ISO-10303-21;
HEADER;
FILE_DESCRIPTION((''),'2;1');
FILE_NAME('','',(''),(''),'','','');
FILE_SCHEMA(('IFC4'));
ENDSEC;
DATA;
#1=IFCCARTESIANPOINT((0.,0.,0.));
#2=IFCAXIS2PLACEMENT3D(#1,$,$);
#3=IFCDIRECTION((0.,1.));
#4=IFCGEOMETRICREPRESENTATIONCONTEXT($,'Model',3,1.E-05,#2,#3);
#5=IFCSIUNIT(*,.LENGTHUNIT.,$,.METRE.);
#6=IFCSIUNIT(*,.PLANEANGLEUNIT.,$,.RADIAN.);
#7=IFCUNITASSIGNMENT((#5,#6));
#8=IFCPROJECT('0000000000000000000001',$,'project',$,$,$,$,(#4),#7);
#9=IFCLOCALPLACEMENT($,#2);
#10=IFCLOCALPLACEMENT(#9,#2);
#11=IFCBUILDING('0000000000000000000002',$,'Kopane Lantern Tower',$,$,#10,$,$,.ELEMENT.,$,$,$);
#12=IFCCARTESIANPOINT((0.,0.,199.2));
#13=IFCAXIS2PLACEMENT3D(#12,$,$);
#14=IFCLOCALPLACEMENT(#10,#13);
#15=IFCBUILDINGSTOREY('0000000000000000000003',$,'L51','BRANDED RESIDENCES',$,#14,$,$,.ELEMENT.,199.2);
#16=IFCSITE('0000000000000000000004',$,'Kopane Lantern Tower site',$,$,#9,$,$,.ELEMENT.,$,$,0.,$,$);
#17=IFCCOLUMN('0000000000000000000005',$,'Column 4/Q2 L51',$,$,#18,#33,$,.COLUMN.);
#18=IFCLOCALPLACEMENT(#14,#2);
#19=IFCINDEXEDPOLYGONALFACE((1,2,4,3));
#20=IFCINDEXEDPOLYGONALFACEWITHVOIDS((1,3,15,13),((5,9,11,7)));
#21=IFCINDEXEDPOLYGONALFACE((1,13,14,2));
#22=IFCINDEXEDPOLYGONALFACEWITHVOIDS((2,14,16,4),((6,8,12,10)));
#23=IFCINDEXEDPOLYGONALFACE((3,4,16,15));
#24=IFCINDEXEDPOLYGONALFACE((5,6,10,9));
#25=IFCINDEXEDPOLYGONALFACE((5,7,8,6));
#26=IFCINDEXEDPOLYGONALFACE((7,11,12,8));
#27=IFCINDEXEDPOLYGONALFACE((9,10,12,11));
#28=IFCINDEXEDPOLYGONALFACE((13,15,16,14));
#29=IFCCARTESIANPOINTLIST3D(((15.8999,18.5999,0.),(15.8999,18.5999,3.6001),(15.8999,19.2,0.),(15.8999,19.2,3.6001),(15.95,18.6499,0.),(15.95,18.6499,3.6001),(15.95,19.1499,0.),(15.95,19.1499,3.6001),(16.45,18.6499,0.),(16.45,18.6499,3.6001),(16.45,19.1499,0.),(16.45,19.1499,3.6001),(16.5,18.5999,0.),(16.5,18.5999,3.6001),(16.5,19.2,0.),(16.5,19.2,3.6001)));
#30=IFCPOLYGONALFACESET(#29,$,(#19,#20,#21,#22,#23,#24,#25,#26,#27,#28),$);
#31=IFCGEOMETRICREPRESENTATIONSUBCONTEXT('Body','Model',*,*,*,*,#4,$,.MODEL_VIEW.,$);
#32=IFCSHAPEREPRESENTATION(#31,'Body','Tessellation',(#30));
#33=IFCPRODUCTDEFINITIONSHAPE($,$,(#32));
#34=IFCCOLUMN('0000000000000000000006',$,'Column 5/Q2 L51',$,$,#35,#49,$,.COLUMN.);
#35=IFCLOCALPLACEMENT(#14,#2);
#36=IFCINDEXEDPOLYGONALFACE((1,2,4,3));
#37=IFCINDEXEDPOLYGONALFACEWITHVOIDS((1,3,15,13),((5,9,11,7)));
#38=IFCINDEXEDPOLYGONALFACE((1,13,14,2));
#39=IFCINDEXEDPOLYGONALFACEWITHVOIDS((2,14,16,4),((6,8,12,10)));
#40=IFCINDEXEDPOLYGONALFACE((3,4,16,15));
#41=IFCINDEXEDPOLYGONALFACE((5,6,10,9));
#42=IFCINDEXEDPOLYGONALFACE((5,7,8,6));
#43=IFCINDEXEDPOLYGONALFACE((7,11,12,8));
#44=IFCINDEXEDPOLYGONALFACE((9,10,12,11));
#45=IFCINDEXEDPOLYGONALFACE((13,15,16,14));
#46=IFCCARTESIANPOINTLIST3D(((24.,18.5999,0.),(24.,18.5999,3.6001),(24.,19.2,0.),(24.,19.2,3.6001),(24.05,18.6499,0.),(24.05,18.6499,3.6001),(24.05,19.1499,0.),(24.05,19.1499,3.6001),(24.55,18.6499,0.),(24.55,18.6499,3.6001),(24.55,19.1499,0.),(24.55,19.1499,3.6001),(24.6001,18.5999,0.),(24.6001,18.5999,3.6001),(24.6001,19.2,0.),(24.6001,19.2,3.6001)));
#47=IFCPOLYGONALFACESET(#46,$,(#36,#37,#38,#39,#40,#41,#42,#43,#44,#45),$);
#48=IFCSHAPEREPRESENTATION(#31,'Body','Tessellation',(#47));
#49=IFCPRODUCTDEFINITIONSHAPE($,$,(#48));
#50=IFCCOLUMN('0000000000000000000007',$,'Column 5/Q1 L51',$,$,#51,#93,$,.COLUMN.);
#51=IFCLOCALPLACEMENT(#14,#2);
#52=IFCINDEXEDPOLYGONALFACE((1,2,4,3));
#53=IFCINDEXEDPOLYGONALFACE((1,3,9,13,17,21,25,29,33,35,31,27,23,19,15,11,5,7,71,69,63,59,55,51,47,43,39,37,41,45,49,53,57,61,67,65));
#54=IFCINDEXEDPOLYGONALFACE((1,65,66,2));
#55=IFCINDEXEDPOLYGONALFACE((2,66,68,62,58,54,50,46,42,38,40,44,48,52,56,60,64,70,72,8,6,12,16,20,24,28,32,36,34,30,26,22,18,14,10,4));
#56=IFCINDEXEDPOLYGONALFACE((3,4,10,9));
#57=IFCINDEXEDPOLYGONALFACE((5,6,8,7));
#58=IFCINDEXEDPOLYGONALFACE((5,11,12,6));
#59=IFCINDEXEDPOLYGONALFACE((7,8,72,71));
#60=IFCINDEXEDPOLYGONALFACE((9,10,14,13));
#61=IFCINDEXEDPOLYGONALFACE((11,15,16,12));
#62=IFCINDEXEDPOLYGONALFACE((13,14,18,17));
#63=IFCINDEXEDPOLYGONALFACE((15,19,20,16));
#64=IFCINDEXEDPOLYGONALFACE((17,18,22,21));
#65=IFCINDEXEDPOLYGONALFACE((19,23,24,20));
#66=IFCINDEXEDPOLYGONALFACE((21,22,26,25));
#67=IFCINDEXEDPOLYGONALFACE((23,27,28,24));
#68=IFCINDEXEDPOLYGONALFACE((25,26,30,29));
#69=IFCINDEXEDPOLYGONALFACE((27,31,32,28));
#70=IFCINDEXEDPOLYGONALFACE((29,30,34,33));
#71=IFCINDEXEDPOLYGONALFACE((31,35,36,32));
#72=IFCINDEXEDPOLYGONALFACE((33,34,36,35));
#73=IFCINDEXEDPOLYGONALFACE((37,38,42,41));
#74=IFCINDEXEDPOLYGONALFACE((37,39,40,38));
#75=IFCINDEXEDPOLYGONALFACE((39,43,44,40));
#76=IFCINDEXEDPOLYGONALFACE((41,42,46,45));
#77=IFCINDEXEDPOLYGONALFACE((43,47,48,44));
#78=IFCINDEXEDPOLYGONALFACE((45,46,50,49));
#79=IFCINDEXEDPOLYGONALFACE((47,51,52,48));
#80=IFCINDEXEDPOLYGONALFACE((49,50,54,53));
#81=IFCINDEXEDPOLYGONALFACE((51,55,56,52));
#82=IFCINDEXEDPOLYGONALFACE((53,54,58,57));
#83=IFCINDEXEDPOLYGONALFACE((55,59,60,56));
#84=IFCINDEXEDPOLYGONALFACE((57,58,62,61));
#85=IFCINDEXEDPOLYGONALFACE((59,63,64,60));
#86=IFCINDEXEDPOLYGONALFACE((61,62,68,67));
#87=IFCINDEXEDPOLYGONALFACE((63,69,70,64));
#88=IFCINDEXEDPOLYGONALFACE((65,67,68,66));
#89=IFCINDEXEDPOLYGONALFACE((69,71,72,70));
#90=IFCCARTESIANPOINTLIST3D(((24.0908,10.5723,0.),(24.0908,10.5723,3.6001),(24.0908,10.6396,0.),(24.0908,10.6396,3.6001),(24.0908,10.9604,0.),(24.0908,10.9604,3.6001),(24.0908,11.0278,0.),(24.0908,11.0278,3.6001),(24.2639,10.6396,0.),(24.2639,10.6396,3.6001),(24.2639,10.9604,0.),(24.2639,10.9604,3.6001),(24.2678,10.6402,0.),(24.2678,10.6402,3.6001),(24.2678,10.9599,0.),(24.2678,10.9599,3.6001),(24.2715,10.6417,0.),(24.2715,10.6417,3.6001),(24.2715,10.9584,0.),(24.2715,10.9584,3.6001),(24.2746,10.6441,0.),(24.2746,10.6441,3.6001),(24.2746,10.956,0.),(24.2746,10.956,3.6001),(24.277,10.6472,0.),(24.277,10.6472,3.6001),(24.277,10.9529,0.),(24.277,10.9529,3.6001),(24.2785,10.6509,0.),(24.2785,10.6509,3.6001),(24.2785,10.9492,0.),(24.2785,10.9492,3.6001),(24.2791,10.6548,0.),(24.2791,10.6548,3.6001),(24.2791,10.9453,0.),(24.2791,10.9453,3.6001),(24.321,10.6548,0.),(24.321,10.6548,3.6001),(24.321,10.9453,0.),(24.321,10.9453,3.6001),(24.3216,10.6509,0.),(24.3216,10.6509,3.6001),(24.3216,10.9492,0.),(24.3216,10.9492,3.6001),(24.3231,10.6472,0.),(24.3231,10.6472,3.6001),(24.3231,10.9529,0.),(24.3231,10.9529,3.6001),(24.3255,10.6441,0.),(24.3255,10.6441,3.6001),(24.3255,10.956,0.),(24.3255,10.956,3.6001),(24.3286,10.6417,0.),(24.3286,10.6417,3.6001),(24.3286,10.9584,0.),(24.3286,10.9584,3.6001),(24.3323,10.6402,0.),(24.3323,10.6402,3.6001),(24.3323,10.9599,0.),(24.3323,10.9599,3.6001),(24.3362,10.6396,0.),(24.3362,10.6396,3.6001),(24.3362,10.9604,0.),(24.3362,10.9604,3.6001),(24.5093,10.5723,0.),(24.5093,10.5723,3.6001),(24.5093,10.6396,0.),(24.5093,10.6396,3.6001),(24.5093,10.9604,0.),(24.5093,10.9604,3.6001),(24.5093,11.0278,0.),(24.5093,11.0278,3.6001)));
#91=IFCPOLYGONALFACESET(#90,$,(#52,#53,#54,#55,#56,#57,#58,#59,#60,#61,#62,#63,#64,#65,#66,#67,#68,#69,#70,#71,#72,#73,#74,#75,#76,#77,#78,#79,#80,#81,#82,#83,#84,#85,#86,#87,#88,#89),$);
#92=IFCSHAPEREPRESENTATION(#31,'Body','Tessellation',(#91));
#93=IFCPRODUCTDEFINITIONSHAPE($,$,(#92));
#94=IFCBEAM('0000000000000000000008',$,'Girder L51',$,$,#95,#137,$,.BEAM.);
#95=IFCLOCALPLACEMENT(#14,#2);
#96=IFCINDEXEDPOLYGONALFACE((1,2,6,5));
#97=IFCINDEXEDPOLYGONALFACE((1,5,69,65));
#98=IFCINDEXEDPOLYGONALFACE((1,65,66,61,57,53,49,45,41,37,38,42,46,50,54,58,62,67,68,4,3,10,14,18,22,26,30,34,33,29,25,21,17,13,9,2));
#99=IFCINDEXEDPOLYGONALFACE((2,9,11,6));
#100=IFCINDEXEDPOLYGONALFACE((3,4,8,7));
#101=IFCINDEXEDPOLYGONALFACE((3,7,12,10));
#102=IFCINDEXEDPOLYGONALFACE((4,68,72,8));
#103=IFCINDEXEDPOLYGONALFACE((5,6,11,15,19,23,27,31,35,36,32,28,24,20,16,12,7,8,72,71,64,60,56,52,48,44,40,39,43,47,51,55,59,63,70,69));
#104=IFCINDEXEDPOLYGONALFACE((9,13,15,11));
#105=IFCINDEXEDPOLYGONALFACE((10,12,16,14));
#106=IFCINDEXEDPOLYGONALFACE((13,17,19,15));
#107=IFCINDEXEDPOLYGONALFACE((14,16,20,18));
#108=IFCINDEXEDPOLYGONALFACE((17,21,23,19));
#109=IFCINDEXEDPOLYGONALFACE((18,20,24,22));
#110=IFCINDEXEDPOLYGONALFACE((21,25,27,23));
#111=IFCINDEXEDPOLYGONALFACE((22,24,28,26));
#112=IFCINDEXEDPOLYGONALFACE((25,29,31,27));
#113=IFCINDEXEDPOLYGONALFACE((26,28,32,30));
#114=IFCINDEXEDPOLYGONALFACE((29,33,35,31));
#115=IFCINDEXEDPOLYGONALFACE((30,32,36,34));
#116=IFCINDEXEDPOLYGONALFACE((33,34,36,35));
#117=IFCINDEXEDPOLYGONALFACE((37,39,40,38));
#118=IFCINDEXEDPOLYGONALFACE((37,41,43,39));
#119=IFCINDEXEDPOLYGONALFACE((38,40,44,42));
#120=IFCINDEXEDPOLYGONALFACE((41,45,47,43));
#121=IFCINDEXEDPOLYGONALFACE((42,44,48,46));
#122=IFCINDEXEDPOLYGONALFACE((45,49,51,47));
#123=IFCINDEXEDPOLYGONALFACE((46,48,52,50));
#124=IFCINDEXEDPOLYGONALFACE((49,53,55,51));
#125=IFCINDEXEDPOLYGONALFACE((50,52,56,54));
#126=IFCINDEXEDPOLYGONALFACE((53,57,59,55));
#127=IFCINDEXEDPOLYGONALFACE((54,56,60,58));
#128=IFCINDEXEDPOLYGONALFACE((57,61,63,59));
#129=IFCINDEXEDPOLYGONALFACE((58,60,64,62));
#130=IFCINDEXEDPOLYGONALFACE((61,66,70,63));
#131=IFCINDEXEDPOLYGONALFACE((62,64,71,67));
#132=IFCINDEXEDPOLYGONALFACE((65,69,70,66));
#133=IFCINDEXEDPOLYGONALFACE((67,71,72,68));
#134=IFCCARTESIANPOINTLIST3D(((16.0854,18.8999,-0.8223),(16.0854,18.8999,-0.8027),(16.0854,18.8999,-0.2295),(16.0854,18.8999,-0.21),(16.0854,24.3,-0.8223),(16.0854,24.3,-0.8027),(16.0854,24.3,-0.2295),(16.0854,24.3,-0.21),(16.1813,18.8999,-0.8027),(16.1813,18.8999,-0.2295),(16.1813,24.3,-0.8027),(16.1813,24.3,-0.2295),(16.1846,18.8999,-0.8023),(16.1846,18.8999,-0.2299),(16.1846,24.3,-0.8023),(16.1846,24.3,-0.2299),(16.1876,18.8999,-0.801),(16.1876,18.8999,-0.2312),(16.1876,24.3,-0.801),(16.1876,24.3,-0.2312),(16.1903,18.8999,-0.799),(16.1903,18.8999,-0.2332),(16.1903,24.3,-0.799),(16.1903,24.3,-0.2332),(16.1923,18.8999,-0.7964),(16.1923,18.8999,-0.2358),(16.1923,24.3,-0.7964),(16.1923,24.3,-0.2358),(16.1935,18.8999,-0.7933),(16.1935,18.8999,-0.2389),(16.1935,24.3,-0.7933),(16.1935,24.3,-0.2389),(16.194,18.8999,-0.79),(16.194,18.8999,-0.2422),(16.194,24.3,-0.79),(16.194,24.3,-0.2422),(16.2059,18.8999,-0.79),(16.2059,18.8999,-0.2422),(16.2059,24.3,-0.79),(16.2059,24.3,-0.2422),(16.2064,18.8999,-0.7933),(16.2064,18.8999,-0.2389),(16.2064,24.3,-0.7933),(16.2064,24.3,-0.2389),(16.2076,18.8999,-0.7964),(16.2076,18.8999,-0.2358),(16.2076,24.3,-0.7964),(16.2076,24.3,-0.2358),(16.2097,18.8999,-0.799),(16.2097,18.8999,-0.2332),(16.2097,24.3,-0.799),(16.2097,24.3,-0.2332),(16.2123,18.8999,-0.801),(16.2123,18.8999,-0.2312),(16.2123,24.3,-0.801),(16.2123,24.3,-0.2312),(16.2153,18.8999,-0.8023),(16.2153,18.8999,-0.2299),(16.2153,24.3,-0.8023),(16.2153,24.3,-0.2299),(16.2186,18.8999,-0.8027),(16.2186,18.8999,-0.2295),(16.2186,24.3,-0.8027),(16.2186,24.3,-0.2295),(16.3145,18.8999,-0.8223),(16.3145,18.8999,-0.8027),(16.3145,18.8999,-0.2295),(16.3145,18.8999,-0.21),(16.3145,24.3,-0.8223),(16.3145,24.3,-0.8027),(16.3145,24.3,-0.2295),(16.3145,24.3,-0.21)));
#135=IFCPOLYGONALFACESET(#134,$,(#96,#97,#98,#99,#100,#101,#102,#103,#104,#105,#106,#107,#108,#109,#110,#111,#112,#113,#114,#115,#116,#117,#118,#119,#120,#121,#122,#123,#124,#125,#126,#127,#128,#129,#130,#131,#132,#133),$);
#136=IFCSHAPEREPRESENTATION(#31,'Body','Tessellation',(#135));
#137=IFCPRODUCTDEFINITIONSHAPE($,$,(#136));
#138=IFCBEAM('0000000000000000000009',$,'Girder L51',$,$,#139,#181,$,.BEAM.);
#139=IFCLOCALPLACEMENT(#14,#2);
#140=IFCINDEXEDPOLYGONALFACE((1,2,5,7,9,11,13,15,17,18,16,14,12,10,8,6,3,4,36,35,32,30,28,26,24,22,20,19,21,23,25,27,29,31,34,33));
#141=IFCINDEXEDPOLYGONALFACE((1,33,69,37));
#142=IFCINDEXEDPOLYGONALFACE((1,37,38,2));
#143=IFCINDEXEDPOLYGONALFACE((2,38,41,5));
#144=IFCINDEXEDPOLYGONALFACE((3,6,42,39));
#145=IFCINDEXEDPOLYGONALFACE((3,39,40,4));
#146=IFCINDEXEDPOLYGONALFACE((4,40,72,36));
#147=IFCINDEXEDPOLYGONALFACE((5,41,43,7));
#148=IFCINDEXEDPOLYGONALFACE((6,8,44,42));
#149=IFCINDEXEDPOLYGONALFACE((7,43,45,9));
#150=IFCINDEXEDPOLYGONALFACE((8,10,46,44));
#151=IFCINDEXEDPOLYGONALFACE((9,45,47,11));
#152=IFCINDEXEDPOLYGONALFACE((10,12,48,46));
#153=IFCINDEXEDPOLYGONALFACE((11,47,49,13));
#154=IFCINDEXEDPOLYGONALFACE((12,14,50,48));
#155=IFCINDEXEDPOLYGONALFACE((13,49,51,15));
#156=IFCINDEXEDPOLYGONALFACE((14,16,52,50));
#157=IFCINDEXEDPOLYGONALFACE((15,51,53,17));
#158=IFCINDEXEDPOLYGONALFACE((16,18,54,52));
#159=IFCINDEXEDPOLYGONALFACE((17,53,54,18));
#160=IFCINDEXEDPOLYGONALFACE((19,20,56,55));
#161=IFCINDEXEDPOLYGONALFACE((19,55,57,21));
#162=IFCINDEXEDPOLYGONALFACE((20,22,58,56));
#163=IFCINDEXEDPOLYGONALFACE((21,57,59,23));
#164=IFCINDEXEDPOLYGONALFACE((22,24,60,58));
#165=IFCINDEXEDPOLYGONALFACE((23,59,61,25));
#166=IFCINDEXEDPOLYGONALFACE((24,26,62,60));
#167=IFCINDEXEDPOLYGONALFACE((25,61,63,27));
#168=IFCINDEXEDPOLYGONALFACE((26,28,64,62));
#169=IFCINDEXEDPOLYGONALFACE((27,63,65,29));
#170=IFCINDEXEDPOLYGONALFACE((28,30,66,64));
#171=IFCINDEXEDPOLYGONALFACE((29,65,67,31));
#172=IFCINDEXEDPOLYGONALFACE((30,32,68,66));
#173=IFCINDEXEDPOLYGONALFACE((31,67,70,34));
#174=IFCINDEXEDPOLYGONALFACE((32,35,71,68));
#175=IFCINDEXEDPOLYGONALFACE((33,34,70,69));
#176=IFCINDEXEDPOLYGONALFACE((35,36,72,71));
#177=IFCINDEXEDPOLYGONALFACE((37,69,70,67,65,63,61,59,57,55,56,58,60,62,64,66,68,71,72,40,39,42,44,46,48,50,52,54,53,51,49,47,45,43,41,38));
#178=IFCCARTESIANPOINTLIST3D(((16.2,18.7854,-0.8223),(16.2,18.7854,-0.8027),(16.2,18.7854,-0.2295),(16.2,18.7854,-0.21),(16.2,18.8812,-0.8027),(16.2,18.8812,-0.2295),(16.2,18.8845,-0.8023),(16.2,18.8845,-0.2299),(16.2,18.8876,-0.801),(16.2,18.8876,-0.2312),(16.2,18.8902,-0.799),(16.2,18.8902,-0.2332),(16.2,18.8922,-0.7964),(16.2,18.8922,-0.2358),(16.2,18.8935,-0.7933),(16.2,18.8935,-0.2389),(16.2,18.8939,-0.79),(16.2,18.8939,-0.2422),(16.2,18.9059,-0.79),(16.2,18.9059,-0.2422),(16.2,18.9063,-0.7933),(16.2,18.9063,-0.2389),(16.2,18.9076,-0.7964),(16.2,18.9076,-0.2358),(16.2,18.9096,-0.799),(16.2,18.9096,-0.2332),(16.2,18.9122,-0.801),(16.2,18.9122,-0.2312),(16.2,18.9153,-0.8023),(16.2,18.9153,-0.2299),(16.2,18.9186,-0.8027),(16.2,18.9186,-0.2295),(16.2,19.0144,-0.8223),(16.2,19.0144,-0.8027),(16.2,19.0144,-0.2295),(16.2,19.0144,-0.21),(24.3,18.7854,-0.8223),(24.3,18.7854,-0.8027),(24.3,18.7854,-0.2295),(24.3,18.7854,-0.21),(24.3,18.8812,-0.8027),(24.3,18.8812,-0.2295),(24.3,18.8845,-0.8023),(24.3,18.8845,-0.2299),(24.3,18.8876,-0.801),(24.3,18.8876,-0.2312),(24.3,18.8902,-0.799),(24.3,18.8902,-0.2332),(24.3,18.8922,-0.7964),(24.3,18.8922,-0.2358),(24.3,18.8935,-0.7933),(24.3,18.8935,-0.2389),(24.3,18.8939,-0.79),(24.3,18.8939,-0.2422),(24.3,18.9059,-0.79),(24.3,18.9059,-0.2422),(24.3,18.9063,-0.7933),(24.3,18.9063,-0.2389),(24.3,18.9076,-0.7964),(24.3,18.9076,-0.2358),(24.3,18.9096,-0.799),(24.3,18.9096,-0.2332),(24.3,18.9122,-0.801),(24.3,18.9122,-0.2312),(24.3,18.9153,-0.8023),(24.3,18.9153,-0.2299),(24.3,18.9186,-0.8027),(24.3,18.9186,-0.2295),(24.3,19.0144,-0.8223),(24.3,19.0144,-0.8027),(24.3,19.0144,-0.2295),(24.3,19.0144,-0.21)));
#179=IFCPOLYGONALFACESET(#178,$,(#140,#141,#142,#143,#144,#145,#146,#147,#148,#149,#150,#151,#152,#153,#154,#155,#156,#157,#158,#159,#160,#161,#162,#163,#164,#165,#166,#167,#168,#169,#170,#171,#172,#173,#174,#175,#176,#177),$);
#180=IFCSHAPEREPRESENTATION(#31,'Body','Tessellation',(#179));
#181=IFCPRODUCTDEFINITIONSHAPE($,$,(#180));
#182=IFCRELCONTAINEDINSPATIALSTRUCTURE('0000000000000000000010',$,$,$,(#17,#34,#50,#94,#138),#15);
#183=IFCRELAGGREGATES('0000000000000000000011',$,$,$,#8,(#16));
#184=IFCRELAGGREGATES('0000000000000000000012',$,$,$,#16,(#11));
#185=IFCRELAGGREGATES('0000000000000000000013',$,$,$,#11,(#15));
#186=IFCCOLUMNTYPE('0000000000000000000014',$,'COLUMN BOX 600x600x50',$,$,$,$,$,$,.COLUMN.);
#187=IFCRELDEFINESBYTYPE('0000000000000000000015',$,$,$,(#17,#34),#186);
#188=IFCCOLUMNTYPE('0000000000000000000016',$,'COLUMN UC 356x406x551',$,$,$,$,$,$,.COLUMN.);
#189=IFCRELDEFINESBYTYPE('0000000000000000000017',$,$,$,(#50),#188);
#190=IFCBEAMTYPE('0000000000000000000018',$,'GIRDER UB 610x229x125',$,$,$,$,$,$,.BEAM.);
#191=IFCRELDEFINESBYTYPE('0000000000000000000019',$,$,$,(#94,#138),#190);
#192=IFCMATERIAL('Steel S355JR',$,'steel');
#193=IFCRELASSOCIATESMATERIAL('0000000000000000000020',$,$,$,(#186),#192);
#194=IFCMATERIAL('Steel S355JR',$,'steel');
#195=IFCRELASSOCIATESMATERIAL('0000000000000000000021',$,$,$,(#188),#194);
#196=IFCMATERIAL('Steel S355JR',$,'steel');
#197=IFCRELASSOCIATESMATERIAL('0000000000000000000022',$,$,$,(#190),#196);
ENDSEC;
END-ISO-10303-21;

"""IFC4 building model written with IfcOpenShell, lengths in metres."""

from ifc_helpers import new_model, si_unit, direction, frame, origin, origin_2d, place, context, subcontext, project, spatial, hollow_rectangle, i_section, extrude, material, material_profile, profile_set, type_object, element, save


model = new_model("IFC4")

# Units and contexts
model_context = context("Model", 3, precision=1e-05, world=origin(), true_north=direction((0.0, 1.0)))
body_context = subcontext(model_context, "Body", "Model", "MODEL_VIEW")
ifc_project = project(units=[si_unit("LENGTHUNIT", "METRE"), si_unit("PLANEANGLEUNIT", "RADIAN")], contexts=[model_context])

# Site, building, storey
site_placement = place(None, origin())
site = spatial("IfcSite", under=ifc_project, at=site_placement, Name="Kopane Lantern Tower site", CompositionType="ELEMENT", RefElevation=0.0)
building_placement = place(site_placement, origin())
building = spatial("IfcBuilding", under=site, at=building_placement, Name="Kopane Lantern Tower", CompositionType="ELEMENT")
storey_placement = place(building_placement, frame((0.0, 0.0, 199.2)))
storey = spatial("IfcBuildingStorey", under=building, at=storey_placement, Name="L51", Description="BRANDED RESIDENCES", CompositionType="ELEMENT", Elevation=199.2)

# Columns
ifc_material_1 = material(Name="Steel S355JR", Category="steel")
ifc_material_profile_1 = material_profile(ifc_material_1, hollow_rectangle(XDim=0.6001, YDim=0.6001, WallThickness=0.05, at=origin_2d()), Name="BOX 600x600x50")
ifc_profile_set_1 = profile_set([ifc_material_profile_1], Name="Steel S355JR")
column_type_1 = type_object("IfcColumnType", Name="COLUMN BOX 600x600x50", PredefinedType="COLUMN", material=ifc_profile_set_1)
for number, where, z_axis, x_axis, name in (
    (1, (16.2, 18.8999, 0.0), (0.0, 0.0, 1.0), (1.0, 0.0, 0.0), "Column 4/Q2 L51"),
    (2, (24.3, 18.8999, 0.0), (0.0, 0.0, 1.0), (1.0, 0.0, 0.0), "Column 5/Q2 L51"),
):
    element("IfcColumn", number, at=place(storey_placement, frame(where, z_axis=z_axis, x_axis=x_axis)), inside=storey, type_object=column_type_1, Name=name, PredefinedType="COLUMN", context=body_context, shape_type="SweptSolid", body=[
        extrude(hollow_rectangle(XDim=0.6001, YDim=0.6001, WallThickness=0.05, at=origin_2d()), origin(), (0.0, 0.0, 1.0), 3.6001),
    ])
ifc_material_2 = material(Name="Steel S355JR", Category="steel")
ifc_material_profile_2 = material_profile(ifc_material_2, i_section(OverallWidth=0.4185, OverallDepth=0.4556, WebThickness=0.042, FlangeThickness=0.0674, FilletRadius=0.0151, at=origin_2d()), Name="UC 356x406x551")
ifc_profile_set_2 = profile_set([ifc_material_profile_2], Name="Steel S355JR")
column_type_2 = type_object("IfcColumnType", Name="COLUMN UC 356x406x551", PredefinedType="COLUMN", material=ifc_profile_set_2)
column_placement = place(storey_placement, frame((24.3, 10.8, 0.0), z_axis=(0.0, 0.0, 1.0), x_axis=(1.0, 0.0, 0.0)))
element("IfcColumn", 3, at=column_placement, inside=storey, type_object=column_type_2, Name="Column 5/Q1 L51", PredefinedType="COLUMN", context=body_context, shape_type="SweptSolid", body=[
    extrude(i_section(OverallWidth=0.4185, OverallDepth=0.4556, WebThickness=0.042, FlangeThickness=0.0674, FilletRadius=0.0151, at=origin_2d()), origin(), (0.0, 0.0, 1.0), 3.6001),
])

# Beams
ifc_material_3 = material(Name="Steel S355JR", Category="steel")
ifc_material_profile_3 = material_profile(ifc_material_3, i_section(OverallWidth=0.229, OverallDepth=0.6123, WebThickness=0.012, FlangeThickness=0.0195, FilletRadius=0.0127, at=origin_2d()), Name="UB 610x229x125")
ifc_profile_set_3 = profile_set([ifc_material_profile_3], Name="Steel S355JR")
beam_type = type_object("IfcBeamType", Name="GIRDER UB 610x229x125", PredefinedType="BEAM", material=ifc_profile_set_3)
beam_1_placement = place(storey_placement, frame((16.2, 18.8999, -0.5161), z_axis=(0.0, 1.0, 0.0), x_axis=(-1.0, 0.0, 0.0)))
element("IfcBeam", 4, at=beam_1_placement, inside=storey, type_object=beam_type, Name="Girder L51", PredefinedType="BEAM", context=body_context, shape_type="SweptSolid", body=[
    extrude(i_section(OverallWidth=0.229, OverallDepth=0.6123, WebThickness=0.012, FlangeThickness=0.0195, FilletRadius=0.0127, at=origin_2d()), origin(), (0.0, 0.0, 1.0), 5.4001),
])
beam_2_placement = place(storey_placement, frame((16.2, 18.8999, -0.5161), z_axis=(1.0, 0.0, 0.0), x_axis=(0.0, 1.0, 0.0)))
element("IfcBeam", 5, at=beam_2_placement, inside=storey, type_object=beam_type, Name="Girder L51", PredefinedType="BEAM", context=body_context, shape_type="SweptSolid", body=[
    extrude(i_section(OverallWidth=0.229, OverallDepth=0.6123, WebThickness=0.012, FlangeThickness=0.0195, FilletRadius=0.0127, at=origin_2d()), origin(), (0.0, 0.0, 1.0), 8.1001),
])

save(model, "model.ifc")
